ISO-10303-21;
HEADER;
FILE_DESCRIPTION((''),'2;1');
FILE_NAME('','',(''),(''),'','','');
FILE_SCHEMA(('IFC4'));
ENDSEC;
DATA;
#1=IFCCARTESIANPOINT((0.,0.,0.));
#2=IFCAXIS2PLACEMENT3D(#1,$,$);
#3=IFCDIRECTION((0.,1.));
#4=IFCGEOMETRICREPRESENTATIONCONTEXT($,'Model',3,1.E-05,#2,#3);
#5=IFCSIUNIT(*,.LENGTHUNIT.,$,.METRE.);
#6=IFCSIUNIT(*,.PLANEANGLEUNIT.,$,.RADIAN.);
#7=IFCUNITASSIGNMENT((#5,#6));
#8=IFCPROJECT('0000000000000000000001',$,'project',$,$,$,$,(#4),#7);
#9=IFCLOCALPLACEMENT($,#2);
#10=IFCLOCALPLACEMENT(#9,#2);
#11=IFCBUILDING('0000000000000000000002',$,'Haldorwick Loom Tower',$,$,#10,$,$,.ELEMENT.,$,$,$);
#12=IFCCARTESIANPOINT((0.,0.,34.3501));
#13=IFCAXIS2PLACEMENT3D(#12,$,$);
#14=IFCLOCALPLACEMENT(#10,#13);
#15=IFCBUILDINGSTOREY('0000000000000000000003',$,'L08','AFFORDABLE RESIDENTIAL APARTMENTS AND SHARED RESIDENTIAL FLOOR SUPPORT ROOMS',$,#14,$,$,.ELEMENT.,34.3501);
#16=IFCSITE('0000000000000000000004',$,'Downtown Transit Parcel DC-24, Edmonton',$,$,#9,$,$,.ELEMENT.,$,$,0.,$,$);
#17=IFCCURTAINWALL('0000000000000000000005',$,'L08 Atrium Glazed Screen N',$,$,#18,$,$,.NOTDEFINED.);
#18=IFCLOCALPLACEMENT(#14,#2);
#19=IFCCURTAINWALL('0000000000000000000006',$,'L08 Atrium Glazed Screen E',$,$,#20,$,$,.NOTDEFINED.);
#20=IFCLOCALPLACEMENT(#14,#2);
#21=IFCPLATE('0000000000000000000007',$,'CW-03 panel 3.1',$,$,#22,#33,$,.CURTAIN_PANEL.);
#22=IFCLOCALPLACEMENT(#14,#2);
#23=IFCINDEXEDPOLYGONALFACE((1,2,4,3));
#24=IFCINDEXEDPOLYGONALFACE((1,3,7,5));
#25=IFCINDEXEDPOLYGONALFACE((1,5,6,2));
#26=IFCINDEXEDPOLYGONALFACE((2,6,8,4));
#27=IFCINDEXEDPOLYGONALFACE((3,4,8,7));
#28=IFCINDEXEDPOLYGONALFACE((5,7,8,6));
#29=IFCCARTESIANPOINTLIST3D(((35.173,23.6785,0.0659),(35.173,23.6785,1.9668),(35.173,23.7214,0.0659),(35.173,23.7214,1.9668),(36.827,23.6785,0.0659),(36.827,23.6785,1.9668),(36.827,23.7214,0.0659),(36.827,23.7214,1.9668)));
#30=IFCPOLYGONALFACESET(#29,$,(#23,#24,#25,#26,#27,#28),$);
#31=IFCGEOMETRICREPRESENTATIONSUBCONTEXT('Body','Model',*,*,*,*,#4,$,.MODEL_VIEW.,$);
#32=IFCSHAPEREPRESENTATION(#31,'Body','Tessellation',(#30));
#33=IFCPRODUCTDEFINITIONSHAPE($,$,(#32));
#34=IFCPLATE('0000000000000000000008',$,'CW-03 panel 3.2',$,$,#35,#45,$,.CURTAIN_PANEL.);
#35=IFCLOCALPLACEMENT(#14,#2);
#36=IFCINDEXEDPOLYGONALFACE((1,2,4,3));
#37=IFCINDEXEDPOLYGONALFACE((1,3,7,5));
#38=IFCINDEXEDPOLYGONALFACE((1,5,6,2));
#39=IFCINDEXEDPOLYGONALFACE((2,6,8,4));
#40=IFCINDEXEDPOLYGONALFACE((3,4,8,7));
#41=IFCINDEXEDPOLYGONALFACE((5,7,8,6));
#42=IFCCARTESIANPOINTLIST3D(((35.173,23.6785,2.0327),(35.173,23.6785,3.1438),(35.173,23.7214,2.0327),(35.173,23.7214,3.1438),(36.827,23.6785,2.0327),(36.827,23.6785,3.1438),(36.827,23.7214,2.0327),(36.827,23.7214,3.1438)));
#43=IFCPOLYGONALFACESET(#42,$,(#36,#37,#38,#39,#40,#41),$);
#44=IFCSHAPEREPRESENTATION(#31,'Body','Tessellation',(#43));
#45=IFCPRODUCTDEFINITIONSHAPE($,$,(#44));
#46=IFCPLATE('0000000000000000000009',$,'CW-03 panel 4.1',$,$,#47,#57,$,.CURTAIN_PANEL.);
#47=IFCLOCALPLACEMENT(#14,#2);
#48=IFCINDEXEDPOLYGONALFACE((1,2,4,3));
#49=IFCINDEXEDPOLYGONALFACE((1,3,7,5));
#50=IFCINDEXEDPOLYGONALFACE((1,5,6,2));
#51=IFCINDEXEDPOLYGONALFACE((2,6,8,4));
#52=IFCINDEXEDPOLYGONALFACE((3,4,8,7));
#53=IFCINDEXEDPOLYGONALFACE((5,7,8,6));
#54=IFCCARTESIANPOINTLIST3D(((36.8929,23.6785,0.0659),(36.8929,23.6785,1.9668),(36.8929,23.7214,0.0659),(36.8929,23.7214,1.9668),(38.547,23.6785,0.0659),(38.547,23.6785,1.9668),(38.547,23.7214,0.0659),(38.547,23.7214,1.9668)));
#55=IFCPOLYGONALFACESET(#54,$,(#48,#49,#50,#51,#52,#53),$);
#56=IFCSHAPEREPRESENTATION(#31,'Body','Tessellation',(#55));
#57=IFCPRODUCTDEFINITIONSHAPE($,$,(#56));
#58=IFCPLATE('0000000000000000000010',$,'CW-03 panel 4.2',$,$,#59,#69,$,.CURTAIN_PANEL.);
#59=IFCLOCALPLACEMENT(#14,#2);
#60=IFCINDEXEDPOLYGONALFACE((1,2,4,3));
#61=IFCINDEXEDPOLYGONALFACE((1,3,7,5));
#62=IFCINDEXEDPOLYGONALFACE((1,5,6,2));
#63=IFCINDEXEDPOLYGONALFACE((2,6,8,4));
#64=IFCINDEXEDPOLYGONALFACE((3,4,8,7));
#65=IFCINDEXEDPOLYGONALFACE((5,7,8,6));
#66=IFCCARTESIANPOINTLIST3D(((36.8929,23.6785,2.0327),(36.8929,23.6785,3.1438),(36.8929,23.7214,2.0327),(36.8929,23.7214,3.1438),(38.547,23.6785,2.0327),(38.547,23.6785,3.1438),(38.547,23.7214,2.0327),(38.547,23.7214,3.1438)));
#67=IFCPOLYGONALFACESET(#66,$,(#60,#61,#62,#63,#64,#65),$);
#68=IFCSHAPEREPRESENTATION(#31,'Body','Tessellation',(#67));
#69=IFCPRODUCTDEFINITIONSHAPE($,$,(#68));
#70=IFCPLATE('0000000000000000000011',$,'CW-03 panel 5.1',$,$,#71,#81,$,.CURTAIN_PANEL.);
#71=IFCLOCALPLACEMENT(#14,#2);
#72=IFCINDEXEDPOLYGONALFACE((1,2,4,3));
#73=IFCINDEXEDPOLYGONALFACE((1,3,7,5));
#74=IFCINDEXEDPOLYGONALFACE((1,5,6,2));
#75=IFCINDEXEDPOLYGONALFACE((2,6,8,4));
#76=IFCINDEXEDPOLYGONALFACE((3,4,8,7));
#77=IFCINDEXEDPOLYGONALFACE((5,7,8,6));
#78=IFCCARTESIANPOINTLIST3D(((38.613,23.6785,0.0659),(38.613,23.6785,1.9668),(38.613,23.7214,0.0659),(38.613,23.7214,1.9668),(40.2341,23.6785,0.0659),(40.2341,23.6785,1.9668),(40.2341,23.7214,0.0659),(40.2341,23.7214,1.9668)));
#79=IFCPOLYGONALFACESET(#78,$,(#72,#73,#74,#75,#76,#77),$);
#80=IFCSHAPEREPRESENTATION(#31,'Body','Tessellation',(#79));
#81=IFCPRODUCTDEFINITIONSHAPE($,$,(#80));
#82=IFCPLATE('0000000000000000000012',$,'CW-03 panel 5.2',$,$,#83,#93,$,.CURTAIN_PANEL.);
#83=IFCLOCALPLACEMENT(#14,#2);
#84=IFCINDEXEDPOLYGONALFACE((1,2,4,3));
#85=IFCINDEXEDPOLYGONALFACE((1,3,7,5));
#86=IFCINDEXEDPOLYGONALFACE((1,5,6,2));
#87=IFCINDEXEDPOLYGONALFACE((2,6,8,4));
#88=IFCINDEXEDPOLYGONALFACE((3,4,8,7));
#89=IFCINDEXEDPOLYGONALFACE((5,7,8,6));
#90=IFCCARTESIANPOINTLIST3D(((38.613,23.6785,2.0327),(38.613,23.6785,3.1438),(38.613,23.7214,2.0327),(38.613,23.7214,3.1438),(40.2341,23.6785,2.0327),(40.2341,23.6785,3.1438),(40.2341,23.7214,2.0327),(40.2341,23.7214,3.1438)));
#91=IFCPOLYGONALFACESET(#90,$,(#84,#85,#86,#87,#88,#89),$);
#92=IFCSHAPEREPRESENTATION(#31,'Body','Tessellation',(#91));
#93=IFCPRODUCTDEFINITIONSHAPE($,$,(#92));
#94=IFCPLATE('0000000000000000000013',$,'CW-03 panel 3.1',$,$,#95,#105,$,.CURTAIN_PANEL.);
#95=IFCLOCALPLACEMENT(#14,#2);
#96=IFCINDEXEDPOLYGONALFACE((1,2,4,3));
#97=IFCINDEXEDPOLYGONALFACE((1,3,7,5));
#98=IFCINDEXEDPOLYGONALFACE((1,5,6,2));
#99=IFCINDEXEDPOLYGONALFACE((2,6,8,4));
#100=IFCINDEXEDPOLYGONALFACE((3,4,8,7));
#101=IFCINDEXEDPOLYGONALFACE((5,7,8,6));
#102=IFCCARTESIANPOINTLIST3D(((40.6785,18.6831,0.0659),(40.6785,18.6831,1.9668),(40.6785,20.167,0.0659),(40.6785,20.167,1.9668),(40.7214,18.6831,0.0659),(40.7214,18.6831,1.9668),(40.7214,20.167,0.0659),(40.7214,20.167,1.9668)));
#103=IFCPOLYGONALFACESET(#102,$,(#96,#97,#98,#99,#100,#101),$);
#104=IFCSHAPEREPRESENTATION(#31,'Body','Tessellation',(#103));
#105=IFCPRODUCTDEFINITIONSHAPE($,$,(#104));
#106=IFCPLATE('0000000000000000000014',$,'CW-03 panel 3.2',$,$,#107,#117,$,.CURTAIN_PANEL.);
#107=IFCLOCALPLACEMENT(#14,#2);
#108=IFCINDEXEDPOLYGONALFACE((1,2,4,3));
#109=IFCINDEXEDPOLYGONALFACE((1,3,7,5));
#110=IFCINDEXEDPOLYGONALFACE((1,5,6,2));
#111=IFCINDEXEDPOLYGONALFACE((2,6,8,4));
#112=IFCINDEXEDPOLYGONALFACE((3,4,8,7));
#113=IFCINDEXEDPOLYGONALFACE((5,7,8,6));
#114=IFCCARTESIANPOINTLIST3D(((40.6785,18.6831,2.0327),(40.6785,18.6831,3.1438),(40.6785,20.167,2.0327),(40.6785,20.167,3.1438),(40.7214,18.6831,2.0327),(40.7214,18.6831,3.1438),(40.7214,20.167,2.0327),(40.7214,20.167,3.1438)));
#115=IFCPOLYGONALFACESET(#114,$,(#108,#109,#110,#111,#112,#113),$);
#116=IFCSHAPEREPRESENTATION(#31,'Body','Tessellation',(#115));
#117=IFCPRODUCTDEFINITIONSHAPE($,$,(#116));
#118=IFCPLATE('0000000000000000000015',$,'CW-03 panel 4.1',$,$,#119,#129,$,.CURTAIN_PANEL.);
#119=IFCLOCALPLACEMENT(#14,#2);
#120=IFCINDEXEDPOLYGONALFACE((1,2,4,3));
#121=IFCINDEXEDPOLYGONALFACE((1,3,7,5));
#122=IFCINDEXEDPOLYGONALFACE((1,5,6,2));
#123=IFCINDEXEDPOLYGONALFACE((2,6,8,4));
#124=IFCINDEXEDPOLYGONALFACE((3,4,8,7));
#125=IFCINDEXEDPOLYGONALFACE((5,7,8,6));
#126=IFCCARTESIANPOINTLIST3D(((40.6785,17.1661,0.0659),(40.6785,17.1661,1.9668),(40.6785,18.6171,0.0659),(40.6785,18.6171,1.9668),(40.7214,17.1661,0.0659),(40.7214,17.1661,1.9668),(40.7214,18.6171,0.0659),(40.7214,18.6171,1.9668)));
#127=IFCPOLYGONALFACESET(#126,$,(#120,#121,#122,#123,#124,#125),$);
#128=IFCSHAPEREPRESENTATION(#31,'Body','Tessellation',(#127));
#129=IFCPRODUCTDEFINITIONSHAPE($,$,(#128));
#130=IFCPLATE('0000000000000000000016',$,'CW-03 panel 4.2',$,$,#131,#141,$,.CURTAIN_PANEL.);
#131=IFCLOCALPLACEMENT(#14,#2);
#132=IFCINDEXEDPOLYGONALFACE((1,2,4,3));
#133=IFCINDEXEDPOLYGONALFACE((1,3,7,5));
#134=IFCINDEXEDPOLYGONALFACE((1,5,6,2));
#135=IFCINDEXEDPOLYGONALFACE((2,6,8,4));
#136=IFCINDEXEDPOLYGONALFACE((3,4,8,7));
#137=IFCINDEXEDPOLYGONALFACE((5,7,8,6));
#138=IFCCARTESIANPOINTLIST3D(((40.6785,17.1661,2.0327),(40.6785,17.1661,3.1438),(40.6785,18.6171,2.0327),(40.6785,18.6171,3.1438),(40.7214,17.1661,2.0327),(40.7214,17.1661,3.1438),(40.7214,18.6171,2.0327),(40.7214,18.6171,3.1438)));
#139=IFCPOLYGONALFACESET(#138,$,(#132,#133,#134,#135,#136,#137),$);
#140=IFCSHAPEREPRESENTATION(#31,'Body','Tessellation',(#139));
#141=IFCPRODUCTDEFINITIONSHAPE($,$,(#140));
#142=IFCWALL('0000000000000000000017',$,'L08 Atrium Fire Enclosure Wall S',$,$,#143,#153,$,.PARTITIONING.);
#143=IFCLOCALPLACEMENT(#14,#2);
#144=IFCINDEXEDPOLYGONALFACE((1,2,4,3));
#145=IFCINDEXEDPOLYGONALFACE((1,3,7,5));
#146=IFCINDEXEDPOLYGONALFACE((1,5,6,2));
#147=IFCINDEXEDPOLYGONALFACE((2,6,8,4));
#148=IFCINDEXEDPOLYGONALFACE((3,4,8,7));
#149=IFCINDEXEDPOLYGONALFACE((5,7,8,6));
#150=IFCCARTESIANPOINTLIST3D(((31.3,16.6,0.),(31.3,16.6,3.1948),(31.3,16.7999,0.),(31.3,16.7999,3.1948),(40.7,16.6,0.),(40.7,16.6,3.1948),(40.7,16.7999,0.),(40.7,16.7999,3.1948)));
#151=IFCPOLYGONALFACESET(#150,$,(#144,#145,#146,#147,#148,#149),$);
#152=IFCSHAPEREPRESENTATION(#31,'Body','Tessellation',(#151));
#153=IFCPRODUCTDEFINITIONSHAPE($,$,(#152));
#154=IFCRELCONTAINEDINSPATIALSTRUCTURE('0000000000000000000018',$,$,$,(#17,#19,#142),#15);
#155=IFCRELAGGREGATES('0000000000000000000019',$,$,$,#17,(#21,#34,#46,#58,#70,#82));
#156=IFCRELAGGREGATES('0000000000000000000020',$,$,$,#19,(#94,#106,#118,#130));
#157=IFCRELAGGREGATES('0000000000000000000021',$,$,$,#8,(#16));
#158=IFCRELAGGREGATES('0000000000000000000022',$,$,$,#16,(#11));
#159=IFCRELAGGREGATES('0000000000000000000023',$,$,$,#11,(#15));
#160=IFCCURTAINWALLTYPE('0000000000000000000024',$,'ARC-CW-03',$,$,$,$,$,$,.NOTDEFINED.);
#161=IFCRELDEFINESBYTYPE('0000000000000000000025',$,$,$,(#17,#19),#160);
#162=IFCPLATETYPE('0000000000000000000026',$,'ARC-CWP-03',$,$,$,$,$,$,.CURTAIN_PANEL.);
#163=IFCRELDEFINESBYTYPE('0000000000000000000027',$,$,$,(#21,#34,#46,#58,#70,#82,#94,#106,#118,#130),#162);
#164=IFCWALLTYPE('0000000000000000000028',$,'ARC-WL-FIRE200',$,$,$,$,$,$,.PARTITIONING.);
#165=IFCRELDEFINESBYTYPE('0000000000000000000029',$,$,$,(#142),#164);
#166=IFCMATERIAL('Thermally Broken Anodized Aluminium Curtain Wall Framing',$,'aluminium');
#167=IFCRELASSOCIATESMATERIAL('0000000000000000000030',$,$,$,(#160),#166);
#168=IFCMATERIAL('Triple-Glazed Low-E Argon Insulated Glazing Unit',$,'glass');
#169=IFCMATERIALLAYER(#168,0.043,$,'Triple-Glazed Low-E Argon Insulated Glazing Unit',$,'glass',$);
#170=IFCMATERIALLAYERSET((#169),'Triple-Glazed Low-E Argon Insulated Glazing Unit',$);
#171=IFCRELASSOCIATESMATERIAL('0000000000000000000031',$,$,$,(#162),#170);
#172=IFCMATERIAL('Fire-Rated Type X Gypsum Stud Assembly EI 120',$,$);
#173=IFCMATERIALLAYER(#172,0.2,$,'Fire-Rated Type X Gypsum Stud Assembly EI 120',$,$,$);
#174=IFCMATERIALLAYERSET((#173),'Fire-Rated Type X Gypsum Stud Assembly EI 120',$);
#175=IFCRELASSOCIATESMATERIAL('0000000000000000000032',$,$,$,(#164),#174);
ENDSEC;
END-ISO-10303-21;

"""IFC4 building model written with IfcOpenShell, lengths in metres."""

from ifc_helpers import new_model, si_unit, direction, frame, frame_2d, origin, origin_2d, place, context, subcontext, project, spatial, rectangle, extrude, material, layer, layer_set, type_object, element, aggregate, save


model = new_model("IFC4")

# Units and contexts
model_context = context("Model", 3, precision=1e-05, world=origin(), true_north=direction((0.0, 1.0)))
body_context = subcontext(model_context, "Body", "Model", "MODEL_VIEW")
ifc_project = project(units=[si_unit("LENGTHUNIT", "METRE"), si_unit("PLANEANGLEUNIT", "RADIAN")], contexts=[model_context])

# Site, building, storey
site_placement = place(None, origin())
site = spatial("IfcSite", under=ifc_project, at=site_placement, Name="Downtown Transit Parcel DC-24, Edmonton", CompositionType="ELEMENT", RefElevation=0.0)
building_placement = place(site_placement, origin())
building = spatial("IfcBuilding", under=site, at=building_placement, Name="Haldorwick Loom Tower", CompositionType="ELEMENT")
storey_placement = place(building_placement, frame((0.0, 0.0, 34.3501)))
storey = spatial("IfcBuildingStorey", under=building, at=storey_placement, Name="L08", Description="AFFORDABLE RESIDENTIAL APARTMENTS AND SHARED RESIDENTIAL FLOOR SUPPORT ROOMS", CompositionType="ELEMENT", Elevation=34.3501)

# Curtain walls
ifc_material_1 = material(Name="Thermally Broken Anodized Aluminium Curtain Wall Framing", Category="aluminium")
curtain_wall_type = type_object("IfcCurtainWallType", Name="ARC-CW-03", PredefinedType="NOTDEFINED", material=ifc_material_1)
curtain_wall_1_placement = place(storey_placement, origin())
curtain_wall_1 = element("IfcCurtainWall", 1, at=curtain_wall_1_placement, inside=storey, type_object=curtain_wall_type, Name="L08 Atrium Glazed Screen N", PredefinedType="NOTDEFINED")
curtain_wall_2_placement = place(storey_placement, origin())
curtain_wall_2 = element("IfcCurtainWall", 2, at=curtain_wall_2_placement, inside=storey, type_object=curtain_wall_type, Name="L08 Atrium Glazed Screen E", PredefinedType="NOTDEFINED")

# Plates
ifc_material_2 = material(Name="Triple-Glazed Low-E Argon Insulated Glazing Unit", Category="glass")
ifc_layer_1 = layer(ifc_material_2, 0.043, Name="Triple-Glazed Low-E Argon Insulated Glazing Unit", Category="glass")
ifc_layer_set_1 = layer_set([ifc_layer_1], Name="Triple-Glazed Low-E Argon Insulated Glazing Unit")
plate_type = type_object("IfcPlateType", Name="ARC-CWP-03", PredefinedType="CURTAIN_PANEL", material=ifc_layer_set_1)
plate_1_placement = place(storey_placement, frame((36.0, 23.7, 0.0659), z_axis=(0.0, 0.0, 1.0), x_axis=(1.0, 0.0, 0.0)))
plate_1 = element("IfcPlate", 3, at=plate_1_placement, type_object=plate_type, Name="CW-03 panel 3.1", PredefinedType="CURTAIN_PANEL", context=body_context, shape_type="SweptSolid", body=[
    extrude(rectangle(XDim=1.6541, YDim=0.043, at=origin_2d()), origin(), (0.0, 0.0, 1.0), 1.9009),
])
plate_2_placement = place(storey_placement, frame((36.0, 23.7, 2.0327), z_axis=(0.0, 0.0, 1.0), x_axis=(1.0, 0.0, 0.0)))
plate_2 = element("IfcPlate", 4, at=plate_2_placement, type_object=plate_type, Name="CW-03 panel 3.2", PredefinedType="CURTAIN_PANEL", context=body_context, shape_type="SweptSolid", body=[
    extrude(rectangle(XDim=1.6541, YDim=0.043, at=origin_2d()), origin(), (0.0, 0.0, 1.0), 1.1111),
])
plate_3_placement = place(storey_placement, frame((37.72, 23.7, 0.0659), z_axis=(0.0, 0.0, 1.0), x_axis=(1.0, 0.0, 0.0)))
plate_3 = element("IfcPlate", 5, at=plate_3_placement, type_object=plate_type, Name="CW-03 panel 4.1", PredefinedType="CURTAIN_PANEL", context=body_context, shape_type="SweptSolid", body=[
    extrude(rectangle(XDim=1.6541, YDim=0.043, at=origin_2d()), origin(), (0.0, 0.0, 1.0), 1.9009),
])
plate_4_placement = place(storey_placement, frame((37.72, 23.7, 2.0327), z_axis=(0.0, 0.0, 1.0), x_axis=(1.0, 0.0, 0.0)))
plate_4 = element("IfcPlate", 6, at=plate_4_placement, type_object=plate_type, Name="CW-03 panel 4.2", PredefinedType="CURTAIN_PANEL", context=body_context, shape_type="SweptSolid", body=[
    extrude(rectangle(XDim=1.6541, YDim=0.043, at=origin_2d()), origin(), (0.0, 0.0, 1.0), 1.1111),
])
plate_5_placement = place(storey_placement, frame((39.4236, 23.7, 0.0659), z_axis=(0.0, 0.0, 1.0), x_axis=(1.0, 0.0, 0.0)))
plate_5 = element("IfcPlate", 7, at=plate_5_placement, type_object=plate_type, Name="CW-03 panel 5.1", PredefinedType="CURTAIN_PANEL", context=body_context, shape_type="SweptSolid", body=[
    extrude(rectangle(XDim=1.6211, YDim=0.043, at=origin_2d()), origin(), (0.0, 0.0, 1.0), 1.9009),
])
plate_6_placement = place(storey_placement, frame((39.4236, 23.7, 2.0327), z_axis=(0.0, 0.0, 1.0), x_axis=(1.0, 0.0, 0.0)))
plate_6 = element("IfcPlate", 8, at=plate_6_placement, type_object=plate_type, Name="CW-03 panel 5.2", PredefinedType="CURTAIN_PANEL", context=body_context, shape_type="SweptSolid", body=[
    extrude(rectangle(XDim=1.6211, YDim=0.043, at=origin_2d()), origin(), (0.0, 0.0, 1.0), 1.1111),
])
aggregate(curtain_wall_1, [plate_1, plate_2, plate_3, plate_4, plate_5, plate_6])
plate_7_placement = place(storey_placement, frame((40.7, 19.425, 0.0659), z_axis=(0.0, 0.0, 1.0), x_axis=(0.0, -1.0, 0.0)))
plate_7 = element("IfcPlate", 9, at=plate_7_placement, type_object=plate_type, Name="CW-03 panel 3.1", PredefinedType="CURTAIN_PANEL", context=body_context, shape_type="SweptSolid", body=[
    extrude(rectangle(XDim=1.4839, YDim=0.043, at=origin_2d()), origin(), (0.0, 0.0, 1.0), 1.9009),
])
plate_8_placement = place(storey_placement, frame((40.7, 19.425, 2.0327), z_axis=(0.0, 0.0, 1.0), x_axis=(0.0, -1.0, 0.0)))
plate_8 = element("IfcPlate", 10, at=plate_8_placement, type_object=plate_type, Name="CW-03 panel 3.2", PredefinedType="CURTAIN_PANEL", context=body_context, shape_type="SweptSolid", body=[
    extrude(rectangle(XDim=1.4839, YDim=0.043, at=origin_2d()), origin(), (0.0, 0.0, 1.0), 1.1111),
])
plate_9_placement = place(storey_placement, frame((40.7, 17.8916, 0.0659), z_axis=(0.0, 0.0, 1.0), x_axis=(0.0, -1.0, 0.0)))
plate_9 = element("IfcPlate", 11, at=plate_9_placement, type_object=plate_type, Name="CW-03 panel 4.1", PredefinedType="CURTAIN_PANEL", context=body_context, shape_type="SweptSolid", body=[
    extrude(rectangle(XDim=1.4509, YDim=0.043, at=origin_2d()), origin(), (0.0, 0.0, 1.0), 1.9009),
])
plate_10_placement = place(storey_placement, frame((40.7, 17.8916, 2.0327), z_axis=(0.0, 0.0, 1.0), x_axis=(0.0, -1.0, 0.0)))
plate_10 = element("IfcPlate", 12, at=plate_10_placement, type_object=plate_type, Name="CW-03 panel 4.2", PredefinedType="CURTAIN_PANEL", context=body_context, shape_type="SweptSolid", body=[
    extrude(rectangle(XDim=1.4509, YDim=0.043, at=origin_2d()), origin(), (0.0, 0.0, 1.0), 1.1111),
])
aggregate(curtain_wall_2, [plate_7, plate_8, plate_9, plate_10])

# Wall
ifc_material_3 = material(Name="Fire-Rated Type X Gypsum Stud Assembly EI 120")
ifc_layer_2 = layer(ifc_material_3, 0.2, Name="Fire-Rated Type X Gypsum Stud Assembly EI 120")
ifc_layer_set_2 = layer_set([ifc_layer_2], Name="Fire-Rated Type X Gypsum Stud Assembly EI 120")
wall_type = type_object("IfcWallType", Name="ARC-WL-FIRE200", PredefinedType="PARTITIONING", material=ifc_layer_set_2)
wall_placement = place(storey_placement, frame((40.7, 16.7, 0.0), z_axis=(0.0, 0.0, 1.0), x_axis=(-1.0, 0.0, 0.0)))
element("IfcWall", 13, at=wall_placement, inside=storey, type_object=wall_type, Name="L08 Atrium Fire Enclosure Wall S", PredefinedType="PARTITIONING", context=body_context, shape_type="SweptSolid", body=[
    extrude(rectangle(XDim=9.3999, YDim=0.2, at=frame_2d((4.7, 0.0))), origin(), (0.0, 0.0, 1.0), 3.1948),
])

save(model, "model.ifc")
